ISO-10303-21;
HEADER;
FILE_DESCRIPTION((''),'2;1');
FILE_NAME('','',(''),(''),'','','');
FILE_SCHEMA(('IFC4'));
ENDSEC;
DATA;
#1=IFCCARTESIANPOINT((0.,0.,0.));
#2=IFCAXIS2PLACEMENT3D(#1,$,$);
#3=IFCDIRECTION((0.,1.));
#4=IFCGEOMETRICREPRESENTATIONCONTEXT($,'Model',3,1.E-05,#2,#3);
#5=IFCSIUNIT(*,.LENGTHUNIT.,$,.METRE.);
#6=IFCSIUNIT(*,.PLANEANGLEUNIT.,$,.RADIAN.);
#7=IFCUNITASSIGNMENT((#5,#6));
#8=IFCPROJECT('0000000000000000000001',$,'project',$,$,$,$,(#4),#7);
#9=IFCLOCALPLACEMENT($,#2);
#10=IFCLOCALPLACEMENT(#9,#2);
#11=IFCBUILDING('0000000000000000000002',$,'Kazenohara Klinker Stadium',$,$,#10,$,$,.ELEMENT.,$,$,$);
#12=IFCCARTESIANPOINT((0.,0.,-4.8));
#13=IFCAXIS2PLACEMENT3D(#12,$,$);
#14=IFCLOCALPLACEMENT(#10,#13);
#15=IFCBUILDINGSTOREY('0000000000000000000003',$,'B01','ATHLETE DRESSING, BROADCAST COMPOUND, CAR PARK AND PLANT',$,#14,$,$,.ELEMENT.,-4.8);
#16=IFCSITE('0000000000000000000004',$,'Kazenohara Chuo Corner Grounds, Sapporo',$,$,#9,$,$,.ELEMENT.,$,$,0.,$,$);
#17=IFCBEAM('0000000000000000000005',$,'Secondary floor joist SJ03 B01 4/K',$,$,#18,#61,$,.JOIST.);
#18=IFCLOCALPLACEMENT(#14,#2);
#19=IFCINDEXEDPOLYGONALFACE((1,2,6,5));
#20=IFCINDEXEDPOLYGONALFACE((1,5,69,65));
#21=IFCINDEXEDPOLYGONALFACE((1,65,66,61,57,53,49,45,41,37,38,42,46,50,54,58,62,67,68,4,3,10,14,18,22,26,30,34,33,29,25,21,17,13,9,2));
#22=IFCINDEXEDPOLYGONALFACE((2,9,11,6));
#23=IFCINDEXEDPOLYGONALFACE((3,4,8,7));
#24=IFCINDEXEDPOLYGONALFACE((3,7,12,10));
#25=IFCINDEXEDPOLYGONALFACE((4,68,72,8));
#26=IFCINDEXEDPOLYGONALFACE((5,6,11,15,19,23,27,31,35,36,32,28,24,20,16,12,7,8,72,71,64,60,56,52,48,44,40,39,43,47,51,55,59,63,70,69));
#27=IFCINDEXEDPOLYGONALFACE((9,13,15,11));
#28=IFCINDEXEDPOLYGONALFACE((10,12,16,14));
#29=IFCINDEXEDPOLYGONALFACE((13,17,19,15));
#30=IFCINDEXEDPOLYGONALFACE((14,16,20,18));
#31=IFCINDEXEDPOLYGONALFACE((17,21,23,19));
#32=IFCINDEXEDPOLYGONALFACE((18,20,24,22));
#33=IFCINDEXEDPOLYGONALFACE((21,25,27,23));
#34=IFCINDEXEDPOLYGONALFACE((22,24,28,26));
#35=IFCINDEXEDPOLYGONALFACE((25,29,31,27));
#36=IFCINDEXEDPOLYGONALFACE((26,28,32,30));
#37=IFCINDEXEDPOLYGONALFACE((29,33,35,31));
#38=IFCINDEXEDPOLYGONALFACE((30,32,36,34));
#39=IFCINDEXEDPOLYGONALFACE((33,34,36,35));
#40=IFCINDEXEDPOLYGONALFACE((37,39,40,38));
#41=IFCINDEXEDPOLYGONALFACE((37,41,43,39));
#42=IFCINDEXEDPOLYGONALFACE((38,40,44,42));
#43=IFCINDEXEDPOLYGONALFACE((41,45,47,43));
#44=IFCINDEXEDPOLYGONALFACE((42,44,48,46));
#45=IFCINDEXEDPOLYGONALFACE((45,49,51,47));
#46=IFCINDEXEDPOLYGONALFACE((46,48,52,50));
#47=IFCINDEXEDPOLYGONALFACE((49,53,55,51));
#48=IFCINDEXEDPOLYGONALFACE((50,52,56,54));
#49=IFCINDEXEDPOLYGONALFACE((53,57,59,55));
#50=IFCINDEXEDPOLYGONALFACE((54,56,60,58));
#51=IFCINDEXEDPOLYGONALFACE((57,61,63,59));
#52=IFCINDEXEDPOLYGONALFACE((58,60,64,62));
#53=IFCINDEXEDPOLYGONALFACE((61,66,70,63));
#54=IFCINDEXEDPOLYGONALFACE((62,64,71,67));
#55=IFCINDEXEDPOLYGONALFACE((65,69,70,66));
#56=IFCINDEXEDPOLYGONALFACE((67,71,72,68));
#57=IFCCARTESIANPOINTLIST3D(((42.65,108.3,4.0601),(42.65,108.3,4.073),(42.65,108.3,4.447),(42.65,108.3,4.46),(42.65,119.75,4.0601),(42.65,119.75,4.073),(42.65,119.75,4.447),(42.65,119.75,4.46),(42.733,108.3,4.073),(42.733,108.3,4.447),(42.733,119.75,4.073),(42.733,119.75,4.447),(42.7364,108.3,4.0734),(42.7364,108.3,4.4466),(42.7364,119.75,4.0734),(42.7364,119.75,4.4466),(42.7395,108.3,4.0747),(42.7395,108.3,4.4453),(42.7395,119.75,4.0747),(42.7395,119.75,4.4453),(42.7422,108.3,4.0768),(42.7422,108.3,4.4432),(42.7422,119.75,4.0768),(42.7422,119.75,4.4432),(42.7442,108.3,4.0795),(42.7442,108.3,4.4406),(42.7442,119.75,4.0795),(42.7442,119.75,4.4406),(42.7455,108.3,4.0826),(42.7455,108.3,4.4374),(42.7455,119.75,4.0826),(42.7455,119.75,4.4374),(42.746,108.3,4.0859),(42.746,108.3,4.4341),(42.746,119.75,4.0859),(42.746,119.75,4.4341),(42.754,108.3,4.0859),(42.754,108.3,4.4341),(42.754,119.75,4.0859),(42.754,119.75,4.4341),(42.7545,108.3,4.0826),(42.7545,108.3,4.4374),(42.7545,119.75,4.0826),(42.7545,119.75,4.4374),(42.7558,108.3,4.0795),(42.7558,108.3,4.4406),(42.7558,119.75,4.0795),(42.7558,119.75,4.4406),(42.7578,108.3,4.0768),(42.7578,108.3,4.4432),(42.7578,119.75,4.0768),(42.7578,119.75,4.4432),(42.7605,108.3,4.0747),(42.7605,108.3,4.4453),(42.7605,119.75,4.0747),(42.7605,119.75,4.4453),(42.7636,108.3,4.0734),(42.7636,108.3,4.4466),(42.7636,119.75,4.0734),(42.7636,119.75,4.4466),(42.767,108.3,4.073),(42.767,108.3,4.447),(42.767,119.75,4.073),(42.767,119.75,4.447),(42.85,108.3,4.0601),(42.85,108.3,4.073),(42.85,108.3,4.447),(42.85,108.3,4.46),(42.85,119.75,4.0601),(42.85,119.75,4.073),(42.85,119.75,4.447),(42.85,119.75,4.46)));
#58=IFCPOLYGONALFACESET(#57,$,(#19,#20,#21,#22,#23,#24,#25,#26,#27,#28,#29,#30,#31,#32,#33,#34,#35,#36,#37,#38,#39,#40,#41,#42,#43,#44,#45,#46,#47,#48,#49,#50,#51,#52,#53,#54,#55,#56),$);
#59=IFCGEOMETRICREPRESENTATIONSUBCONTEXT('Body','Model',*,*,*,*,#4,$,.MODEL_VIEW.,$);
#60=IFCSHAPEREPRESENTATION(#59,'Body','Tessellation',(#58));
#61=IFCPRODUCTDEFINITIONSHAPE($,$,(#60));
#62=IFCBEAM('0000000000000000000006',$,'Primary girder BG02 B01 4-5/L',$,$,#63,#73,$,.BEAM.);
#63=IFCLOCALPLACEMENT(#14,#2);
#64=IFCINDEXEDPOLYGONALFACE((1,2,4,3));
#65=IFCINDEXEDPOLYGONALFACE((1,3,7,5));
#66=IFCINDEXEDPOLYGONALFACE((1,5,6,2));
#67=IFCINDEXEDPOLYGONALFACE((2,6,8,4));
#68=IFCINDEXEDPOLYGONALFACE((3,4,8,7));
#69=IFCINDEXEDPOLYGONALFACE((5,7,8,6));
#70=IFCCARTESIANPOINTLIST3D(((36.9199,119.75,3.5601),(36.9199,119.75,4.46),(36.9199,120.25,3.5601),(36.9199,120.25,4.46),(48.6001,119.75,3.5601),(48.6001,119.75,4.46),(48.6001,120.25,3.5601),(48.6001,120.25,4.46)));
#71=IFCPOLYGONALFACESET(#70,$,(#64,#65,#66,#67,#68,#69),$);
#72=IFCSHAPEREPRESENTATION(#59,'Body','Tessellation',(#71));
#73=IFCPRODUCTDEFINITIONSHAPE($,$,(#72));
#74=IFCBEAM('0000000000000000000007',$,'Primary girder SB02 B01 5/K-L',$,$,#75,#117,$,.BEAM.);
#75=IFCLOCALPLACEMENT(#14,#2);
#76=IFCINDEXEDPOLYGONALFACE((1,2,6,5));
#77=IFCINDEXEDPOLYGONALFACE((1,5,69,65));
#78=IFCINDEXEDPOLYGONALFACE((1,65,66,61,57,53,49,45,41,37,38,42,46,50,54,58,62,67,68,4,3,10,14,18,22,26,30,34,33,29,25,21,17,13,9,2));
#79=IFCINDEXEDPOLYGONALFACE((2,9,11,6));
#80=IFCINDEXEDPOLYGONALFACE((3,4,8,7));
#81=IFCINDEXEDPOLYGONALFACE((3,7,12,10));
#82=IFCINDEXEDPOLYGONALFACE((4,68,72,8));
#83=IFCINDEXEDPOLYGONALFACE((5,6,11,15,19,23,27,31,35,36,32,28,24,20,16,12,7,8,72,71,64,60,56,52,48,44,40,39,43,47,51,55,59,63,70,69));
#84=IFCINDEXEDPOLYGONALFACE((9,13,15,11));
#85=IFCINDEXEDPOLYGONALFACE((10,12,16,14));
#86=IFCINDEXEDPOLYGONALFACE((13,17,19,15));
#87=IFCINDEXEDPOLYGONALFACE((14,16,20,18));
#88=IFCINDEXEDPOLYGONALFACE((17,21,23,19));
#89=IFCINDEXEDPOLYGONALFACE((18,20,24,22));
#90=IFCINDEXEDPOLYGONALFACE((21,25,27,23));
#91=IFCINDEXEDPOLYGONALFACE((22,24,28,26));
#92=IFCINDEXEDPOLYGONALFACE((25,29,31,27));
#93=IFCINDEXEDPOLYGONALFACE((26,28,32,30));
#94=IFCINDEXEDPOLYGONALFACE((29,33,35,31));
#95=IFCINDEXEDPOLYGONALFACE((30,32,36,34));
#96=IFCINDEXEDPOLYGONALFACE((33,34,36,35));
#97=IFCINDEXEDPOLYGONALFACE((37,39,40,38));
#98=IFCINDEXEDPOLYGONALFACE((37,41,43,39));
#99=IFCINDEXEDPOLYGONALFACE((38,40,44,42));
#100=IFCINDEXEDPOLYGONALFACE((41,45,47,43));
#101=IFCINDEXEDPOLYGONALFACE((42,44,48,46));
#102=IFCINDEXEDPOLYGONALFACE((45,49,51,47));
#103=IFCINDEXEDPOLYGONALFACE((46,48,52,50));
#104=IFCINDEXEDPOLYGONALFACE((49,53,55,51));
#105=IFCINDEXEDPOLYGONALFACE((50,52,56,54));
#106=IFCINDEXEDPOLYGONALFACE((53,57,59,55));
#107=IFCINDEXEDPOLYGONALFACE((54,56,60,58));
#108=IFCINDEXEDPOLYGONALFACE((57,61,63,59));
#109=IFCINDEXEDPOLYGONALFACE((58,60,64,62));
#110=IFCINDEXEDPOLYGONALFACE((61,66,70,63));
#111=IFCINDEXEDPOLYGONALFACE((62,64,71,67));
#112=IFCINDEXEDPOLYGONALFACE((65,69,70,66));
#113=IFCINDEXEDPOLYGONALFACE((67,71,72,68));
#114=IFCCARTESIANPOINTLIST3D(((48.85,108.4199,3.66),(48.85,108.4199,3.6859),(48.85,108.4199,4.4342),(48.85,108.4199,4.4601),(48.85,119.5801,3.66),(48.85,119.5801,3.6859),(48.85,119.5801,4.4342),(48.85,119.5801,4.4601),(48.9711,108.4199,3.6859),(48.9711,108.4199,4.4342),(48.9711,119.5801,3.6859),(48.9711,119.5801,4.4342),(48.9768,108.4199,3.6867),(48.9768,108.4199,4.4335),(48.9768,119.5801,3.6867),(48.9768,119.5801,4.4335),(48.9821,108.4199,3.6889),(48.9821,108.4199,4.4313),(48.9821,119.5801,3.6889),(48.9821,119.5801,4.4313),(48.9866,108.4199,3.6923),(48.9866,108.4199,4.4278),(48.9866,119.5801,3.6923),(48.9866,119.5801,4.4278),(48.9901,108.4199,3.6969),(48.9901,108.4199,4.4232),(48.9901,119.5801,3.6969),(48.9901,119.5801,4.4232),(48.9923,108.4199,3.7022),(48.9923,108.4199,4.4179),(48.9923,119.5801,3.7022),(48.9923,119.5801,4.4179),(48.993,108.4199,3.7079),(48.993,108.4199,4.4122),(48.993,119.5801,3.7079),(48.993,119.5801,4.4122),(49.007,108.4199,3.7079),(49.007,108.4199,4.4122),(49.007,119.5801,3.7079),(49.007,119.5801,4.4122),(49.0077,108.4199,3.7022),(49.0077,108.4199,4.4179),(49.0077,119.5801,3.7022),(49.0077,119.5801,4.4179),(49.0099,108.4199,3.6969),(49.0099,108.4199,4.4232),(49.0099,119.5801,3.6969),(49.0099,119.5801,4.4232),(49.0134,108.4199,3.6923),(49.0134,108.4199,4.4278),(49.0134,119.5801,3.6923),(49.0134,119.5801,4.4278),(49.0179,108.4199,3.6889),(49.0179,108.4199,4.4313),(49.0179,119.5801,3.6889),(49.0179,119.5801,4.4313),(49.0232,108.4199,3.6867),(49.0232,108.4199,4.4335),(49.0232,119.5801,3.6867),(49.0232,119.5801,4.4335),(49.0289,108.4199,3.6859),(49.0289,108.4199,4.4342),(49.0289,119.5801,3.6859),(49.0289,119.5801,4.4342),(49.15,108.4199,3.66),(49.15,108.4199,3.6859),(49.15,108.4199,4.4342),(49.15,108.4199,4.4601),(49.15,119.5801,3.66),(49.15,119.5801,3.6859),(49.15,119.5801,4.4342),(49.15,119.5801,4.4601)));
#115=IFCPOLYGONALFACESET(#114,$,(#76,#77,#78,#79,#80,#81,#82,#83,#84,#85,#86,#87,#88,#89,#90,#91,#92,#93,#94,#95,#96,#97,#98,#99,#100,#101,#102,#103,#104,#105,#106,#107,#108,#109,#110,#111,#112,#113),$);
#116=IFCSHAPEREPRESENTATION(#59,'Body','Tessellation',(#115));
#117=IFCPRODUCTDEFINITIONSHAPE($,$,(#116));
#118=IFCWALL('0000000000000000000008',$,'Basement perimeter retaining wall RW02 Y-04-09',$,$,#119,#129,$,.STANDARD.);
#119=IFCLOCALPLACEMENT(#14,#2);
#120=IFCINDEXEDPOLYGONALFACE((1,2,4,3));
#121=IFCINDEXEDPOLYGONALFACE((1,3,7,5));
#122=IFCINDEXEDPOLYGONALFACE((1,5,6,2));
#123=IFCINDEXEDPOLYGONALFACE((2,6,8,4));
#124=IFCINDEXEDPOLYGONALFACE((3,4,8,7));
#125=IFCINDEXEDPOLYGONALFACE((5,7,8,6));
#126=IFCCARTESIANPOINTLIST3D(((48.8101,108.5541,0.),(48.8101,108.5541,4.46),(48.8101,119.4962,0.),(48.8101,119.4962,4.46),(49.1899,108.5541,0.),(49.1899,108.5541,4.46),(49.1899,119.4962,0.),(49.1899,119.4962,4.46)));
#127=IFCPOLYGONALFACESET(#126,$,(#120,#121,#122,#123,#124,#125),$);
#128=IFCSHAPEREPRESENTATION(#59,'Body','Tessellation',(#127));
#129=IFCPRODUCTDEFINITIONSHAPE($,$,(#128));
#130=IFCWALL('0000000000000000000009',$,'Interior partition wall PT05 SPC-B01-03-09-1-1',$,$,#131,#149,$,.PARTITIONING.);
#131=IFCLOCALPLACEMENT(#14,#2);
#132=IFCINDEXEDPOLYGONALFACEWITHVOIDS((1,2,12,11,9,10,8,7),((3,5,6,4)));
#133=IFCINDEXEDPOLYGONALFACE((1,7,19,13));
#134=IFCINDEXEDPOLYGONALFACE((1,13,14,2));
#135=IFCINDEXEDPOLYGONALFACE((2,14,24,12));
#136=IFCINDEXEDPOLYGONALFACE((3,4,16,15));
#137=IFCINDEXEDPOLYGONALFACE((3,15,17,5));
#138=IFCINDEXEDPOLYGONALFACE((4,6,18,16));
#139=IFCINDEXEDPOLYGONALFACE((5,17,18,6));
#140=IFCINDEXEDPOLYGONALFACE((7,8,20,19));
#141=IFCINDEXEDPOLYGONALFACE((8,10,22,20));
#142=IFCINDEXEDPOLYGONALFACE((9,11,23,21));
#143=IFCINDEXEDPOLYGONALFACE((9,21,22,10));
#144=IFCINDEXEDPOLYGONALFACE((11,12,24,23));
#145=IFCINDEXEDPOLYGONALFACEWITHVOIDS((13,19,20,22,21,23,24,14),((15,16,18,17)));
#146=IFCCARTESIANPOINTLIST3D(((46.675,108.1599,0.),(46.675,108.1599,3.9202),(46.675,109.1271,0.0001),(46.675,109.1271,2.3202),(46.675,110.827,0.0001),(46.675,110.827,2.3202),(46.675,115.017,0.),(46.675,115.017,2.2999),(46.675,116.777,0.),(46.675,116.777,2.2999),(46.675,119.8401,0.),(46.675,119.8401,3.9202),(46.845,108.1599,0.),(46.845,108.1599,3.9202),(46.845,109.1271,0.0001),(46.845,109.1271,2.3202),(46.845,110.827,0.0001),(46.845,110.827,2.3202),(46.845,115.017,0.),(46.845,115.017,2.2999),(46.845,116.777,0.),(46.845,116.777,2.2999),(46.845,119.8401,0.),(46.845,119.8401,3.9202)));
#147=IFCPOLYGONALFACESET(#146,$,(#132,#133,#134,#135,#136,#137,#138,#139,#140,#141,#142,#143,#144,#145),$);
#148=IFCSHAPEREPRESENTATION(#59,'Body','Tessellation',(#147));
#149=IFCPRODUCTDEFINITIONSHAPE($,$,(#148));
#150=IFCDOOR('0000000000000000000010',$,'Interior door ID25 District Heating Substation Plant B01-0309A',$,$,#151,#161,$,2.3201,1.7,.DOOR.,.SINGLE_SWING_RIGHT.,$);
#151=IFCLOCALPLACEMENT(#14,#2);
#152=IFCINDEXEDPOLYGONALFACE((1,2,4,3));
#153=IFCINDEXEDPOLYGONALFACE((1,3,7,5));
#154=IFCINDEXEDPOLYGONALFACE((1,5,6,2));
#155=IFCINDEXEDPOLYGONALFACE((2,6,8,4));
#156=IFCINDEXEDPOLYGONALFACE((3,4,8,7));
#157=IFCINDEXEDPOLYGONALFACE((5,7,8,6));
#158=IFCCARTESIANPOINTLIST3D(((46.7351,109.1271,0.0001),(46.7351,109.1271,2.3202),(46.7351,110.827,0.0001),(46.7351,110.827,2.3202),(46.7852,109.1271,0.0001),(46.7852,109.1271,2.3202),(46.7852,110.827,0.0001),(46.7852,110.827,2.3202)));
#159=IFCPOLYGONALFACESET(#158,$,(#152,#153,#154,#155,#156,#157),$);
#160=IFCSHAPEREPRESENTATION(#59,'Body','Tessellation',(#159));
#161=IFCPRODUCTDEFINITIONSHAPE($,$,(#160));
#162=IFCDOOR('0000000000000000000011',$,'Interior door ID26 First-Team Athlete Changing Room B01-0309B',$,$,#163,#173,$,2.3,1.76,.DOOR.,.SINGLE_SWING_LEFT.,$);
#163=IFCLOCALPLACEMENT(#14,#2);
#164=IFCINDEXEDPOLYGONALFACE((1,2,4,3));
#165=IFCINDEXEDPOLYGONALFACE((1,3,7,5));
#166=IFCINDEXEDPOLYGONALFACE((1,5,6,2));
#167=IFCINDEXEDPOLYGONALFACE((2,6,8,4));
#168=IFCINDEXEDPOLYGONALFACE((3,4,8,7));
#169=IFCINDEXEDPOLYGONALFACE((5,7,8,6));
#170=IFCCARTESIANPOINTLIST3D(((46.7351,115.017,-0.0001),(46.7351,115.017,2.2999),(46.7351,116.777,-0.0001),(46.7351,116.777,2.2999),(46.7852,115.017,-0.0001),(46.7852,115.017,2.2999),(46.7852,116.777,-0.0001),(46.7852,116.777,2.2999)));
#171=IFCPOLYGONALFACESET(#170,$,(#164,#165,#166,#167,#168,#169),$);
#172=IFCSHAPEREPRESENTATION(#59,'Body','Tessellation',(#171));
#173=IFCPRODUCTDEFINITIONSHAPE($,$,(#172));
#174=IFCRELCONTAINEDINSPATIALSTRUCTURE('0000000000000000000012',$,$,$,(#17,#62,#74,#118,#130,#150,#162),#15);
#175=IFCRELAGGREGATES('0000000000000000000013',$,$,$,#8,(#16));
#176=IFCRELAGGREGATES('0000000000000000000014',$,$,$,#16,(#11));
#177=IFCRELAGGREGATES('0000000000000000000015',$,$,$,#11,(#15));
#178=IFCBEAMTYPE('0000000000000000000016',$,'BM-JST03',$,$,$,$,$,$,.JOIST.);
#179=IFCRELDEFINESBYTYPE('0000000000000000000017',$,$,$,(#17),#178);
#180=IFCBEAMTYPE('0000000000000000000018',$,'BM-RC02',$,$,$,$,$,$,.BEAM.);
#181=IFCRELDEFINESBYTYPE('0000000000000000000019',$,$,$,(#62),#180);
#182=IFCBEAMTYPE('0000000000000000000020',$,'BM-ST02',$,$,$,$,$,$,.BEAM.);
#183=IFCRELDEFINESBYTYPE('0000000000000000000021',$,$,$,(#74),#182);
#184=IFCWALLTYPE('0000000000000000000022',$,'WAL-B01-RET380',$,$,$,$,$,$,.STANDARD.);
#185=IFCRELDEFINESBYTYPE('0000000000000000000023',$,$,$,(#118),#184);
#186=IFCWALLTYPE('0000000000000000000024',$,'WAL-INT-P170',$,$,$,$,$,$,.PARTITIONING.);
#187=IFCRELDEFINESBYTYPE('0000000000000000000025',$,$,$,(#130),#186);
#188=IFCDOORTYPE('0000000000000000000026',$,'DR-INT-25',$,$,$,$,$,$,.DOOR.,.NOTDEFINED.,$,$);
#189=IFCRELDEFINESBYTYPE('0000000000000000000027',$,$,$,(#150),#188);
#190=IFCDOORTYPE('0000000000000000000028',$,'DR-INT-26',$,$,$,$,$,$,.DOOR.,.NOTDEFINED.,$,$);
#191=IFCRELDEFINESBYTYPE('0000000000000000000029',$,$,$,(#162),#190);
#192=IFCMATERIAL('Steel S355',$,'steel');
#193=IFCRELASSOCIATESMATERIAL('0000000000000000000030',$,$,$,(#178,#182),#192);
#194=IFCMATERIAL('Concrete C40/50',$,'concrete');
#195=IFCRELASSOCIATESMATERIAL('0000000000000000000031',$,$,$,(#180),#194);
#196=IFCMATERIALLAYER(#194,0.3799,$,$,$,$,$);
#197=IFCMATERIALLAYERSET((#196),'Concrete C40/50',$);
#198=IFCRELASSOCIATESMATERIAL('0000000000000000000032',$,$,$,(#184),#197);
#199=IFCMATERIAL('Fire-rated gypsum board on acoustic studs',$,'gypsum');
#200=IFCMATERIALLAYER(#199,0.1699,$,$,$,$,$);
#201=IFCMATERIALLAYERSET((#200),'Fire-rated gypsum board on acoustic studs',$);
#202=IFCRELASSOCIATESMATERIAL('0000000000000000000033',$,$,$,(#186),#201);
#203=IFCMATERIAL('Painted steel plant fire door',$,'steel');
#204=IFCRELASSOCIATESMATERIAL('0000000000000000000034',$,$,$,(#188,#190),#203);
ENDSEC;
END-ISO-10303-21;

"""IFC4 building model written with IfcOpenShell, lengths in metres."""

from ifc_helpers import new_model, si_unit, direction, frame, frame_2d, origin, origin_2d, place, context, subcontext, project, spatial, rectangle, i_section, extrude, material, layer, layer_set, material_profile, profile_set, type_object, element, fill, save


model = new_model("IFC4")

# Units and contexts
model_context = context("Model", 3, precision=1e-05, world=origin(), true_north=direction((0.0, 1.0)))
body_context = subcontext(model_context, "Body", "Model", "MODEL_VIEW")
ifc_project = project(units=[si_unit("LENGTHUNIT", "METRE"), si_unit("PLANEANGLEUNIT", "RADIAN")], contexts=[model_context])

# Site, building, storey
site_placement = place(None, origin())
site = spatial("IfcSite", under=ifc_project, at=site_placement, Name="Kazenohara Chuo Corner Grounds, Sapporo", CompositionType="ELEMENT", RefElevation=0.0)
building_placement = place(site_placement, origin())
building = spatial("IfcBuilding", under=site, at=building_placement, Name="Kazenohara Klinker Stadium", CompositionType="ELEMENT")
storey_placement = place(building_placement, frame((0.0, 0.0, -4.8)))
storey = spatial("IfcBuildingStorey", under=building, at=storey_placement, Name="B01", Description="ATHLETE DRESSING, BROADCAST COMPOUND, CAR PARK AND PLANT", CompositionType="ELEMENT", Elevation=-4.8)

# Shared definitions
ifc_material_1 = material(Name="Concrete C40/50", Category="concrete")

# Beams
ifc_material_2 = material(Name="Steel S355", Category="steel")
ifc_material_profile_1 = material_profile(ifc_material_2, i_section(OverallWidth=0.2, OverallDepth=0.3999, WebThickness=0.0081, FlangeThickness=0.0129, FilletRadius=0.0129, at=origin_2d()), Name="H-400x200x8x13")
ifc_profile_set_1 = profile_set([ifc_material_profile_1], Name="Steel S355")
beam_type_1 = type_object("IfcBeamType", Name="BM-JST03", PredefinedType="JOIST", material=ifc_profile_set_1)
beam_1_placement = place(storey_placement, frame((42.75, 108.3, 4.26), z_axis=(0.0, 1.0, 0.0), x_axis=(-1.0, 0.0, 0.0)))
element("IfcBeam", 1, at=beam_1_placement, inside=storey, type_object=beam_type_1, Name="Secondary floor joist SJ03 B01 4/K", PredefinedType="JOIST", context=body_context, shape_type="SweptSolid", body=[
    extrude(i_section(OverallWidth=0.2, OverallDepth=0.3999, WebThickness=0.0081, FlangeThickness=0.0129, FilletRadius=0.0129, at=origin_2d()), origin(), (0.0, 0.0, 1.0), 11.45),
])
ifc_material_profile_2 = material_profile(ifc_material_1, rectangle(XDim=0.5, YDim=0.8999, at=origin_2d()), Name="RC-BM-500x900")
ifc_profile_set_2 = profile_set([ifc_material_profile_2], Name="Concrete C40/50")
beam_type_2 = type_object("IfcBeamType", Name="BM-RC02", PredefinedType="BEAM", material=ifc_profile_set_2)
beam_2_placement = place(storey_placement, frame((36.9199, 120.0, 4.01), z_axis=(1.0, 0.0, 0.0), x_axis=(0.0, 1.0, 0.0)))
element("IfcBeam", 2, at=beam_2_placement, inside=storey, type_object=beam_type_2, Name="Primary girder BG02 B01 4-5/L", PredefinedType="BEAM", context=body_context, shape_type="SweptSolid", body=[
    extrude(rectangle(XDim=0.5, YDim=0.8999, at=origin_2d()), origin(), (0.0, 0.0, 1.0), 11.6802),
])
ifc_material_profile_3 = material_profile(ifc_material_2, i_section(OverallWidth=0.3, OverallDepth=0.8, WebThickness=0.0139, FlangeThickness=0.0259, FilletRadius=0.022, at=origin_2d()), Name="H-800x300x14x26")
ifc_profile_set_3 = profile_set([ifc_material_profile_3], Name="Steel S355")
beam_type_3 = type_object("IfcBeamType", Name="BM-ST02", PredefinedType="BEAM", material=ifc_profile_set_3)
beam_3_placement = place(storey_placement, frame((49.0, 108.4199, 4.0601), z_axis=(0.0, 1.0, 0.0), x_axis=(-1.0, 0.0, 0.0)))
element("IfcBeam", 3, at=beam_3_placement, inside=storey, type_object=beam_type_3, Name="Primary girder SB02 B01 5/K-L", PredefinedType="BEAM", context=body_context, shape_type="SweptSolid", body=[
    extrude(i_section(OverallWidth=0.3, OverallDepth=0.8, WebThickness=0.0139, FlangeThickness=0.0259, FilletRadius=0.022, at=origin_2d()), origin(), (0.0, 0.0, 1.0), 11.1602),
])

# Wall
ifc_layer_1 = layer(ifc_material_1, 0.3799)
ifc_layer_set_1 = layer_set([ifc_layer_1], Name="Concrete C40/50")
wall_type_1 = type_object("IfcWallType", Name="WAL-B01-RET380", PredefinedType="STANDARD", material=ifc_layer_set_1)
wall_1_placement = place(storey_placement, frame((49.0, 108.554, 0.0), z_axis=(0.0, 0.0, 1.0), x_axis=(0.0, 1.0, 0.0)))
element("IfcWall", 4, at=wall_1_placement, inside=storey, type_object=wall_type_1, Name="Basement perimeter retaining wall RW02 Y-04-09", PredefinedType="STANDARD", context=body_context, shape_type="SweptSolid", body=[
    extrude(rectangle(XDim=10.9421, YDim=0.3799, at=frame_2d((5.4712, 0.0))), origin(), (0.0, 0.0, 1.0), 4.46),
])

# Wall, openings, doors
ifc_material_3 = material(Name="Fire-rated gypsum board on acoustic studs", Category="gypsum")
ifc_layer_2 = layer(ifc_material_3, 0.1699)
ifc_layer_set_2 = layer_set([ifc_layer_2], Name="Fire-rated gypsum board on acoustic studs")
wall_type_2 = type_object("IfcWallType", Name="WAL-INT-P170", PredefinedType="PARTITIONING", material=ifc_layer_set_2)
wall_2_placement = place(storey_placement, frame((46.76, 108.1599, 0.0), z_axis=(0.0, 0.0, 1.0), x_axis=(0.0, 1.0, 0.0)))
wall_2 = element("IfcWall", 5, at=wall_2_placement, inside=storey, type_object=wall_type_2, Name="Interior partition wall PT05 SPC-B01-03-09-1-1", PredefinedType="PARTITIONING", context=body_context, shape_type="SweptSolid", body=[
    extrude(rectangle(XDim=11.6802, YDim=0.1699, at=frame_2d((5.8401, 0.0))), origin(), (0.0, 0.0, 1.0), 3.9202),
])
opening_1_placement = place(wall_2_placement, frame((0.967, 0.0, 0.0)))
opening_1 = element("IfcOpeningElement", 6, at=opening_1_placement, cuts=wall_2, PredefinedType="OPENING", context=body_context, shape_type="SweptSolid", body=[
    extrude(rectangle(XDim=1.7, YDim=2.3201, at=frame_2d((0.8501, 1.1602))), frame((0.0, 0.095, 0.0), z_axis=(0.0, -1.0, 0.0), x_axis=(1.0, 0.0, 0.0)), (0.0, 0.0, 1.0), 0.1899),
])
opening_2_placement = place(wall_2_placement, frame((6.8572, 0.0, 0.0)))
opening_2 = element("IfcOpeningElement", 7, at=opening_2_placement, cuts=wall_2, PredefinedType="OPENING", context=body_context, shape_type="SweptSolid", body=[
    extrude(rectangle(XDim=1.76, YDim=2.3, at=frame_2d((0.8799, 1.1499))), frame((0.0, 0.095, 0.0), z_axis=(0.0, -1.0, 0.0), x_axis=(1.0, 0.0, 0.0)), (0.0, 0.0, 1.0), 0.1899),
])
ifc_material_4 = material(Name="Painted steel plant fire door", Category="steel")
door_type_1 = type_object("IfcDoorType", Name="DR-INT-25", OperationType="NOTDEFINED", PredefinedType="DOOR", material=ifc_material_4)
door_1_placement = place(opening_1_placement, origin())
door_1 = element("IfcDoor", 8, at=door_1_placement, inside=storey, type_object=door_type_1, Name="Interior door ID25 District Heating Substation Plant B01-0309A", OperationType="SINGLE_SWING_RIGHT", OverallHeight=2.3201, OverallWidth=1.7, PredefinedType="DOOR", context=body_context, shape_type="SweptSolid", body=[
    extrude(rectangle(XDim=1.7, YDim=2.3201, at=frame_2d((0.8501, 1.1602))), frame((0.0, 0.0249, 0.0), z_axis=(0.0, -1.0, 0.0), x_axis=(1.0, 0.0, 0.0)), (0.0, 0.0, 1.0), 0.05),
])
fill(opening_1, door_1)
door_type_2 = type_object("IfcDoorType", Name="DR-INT-26", OperationType="NOTDEFINED", PredefinedType="DOOR", material=ifc_material_4)
door_2_placement = place(opening_2_placement, origin())
door_2 = element("IfcDoor", 9, at=door_2_placement, inside=storey, type_object=door_type_2, Name="Interior door ID26 First-Team Athlete Changing Room B01-0309B", OperationType="SINGLE_SWING_LEFT", OverallHeight=2.3, OverallWidth=1.76, PredefinedType="DOOR", context=body_context, shape_type="SweptSolid", body=[
    extrude(rectangle(XDim=1.76, YDim=2.3, at=frame_2d((0.8799, 1.1499))), frame((0.0, 0.0249, 0.0), z_axis=(0.0, -1.0, 0.0), x_axis=(1.0, 0.0, 0.0)), (0.0, 0.0, 1.0), 0.05),
])
fill(opening_2, door_2)

save(model, "model.ifc")
